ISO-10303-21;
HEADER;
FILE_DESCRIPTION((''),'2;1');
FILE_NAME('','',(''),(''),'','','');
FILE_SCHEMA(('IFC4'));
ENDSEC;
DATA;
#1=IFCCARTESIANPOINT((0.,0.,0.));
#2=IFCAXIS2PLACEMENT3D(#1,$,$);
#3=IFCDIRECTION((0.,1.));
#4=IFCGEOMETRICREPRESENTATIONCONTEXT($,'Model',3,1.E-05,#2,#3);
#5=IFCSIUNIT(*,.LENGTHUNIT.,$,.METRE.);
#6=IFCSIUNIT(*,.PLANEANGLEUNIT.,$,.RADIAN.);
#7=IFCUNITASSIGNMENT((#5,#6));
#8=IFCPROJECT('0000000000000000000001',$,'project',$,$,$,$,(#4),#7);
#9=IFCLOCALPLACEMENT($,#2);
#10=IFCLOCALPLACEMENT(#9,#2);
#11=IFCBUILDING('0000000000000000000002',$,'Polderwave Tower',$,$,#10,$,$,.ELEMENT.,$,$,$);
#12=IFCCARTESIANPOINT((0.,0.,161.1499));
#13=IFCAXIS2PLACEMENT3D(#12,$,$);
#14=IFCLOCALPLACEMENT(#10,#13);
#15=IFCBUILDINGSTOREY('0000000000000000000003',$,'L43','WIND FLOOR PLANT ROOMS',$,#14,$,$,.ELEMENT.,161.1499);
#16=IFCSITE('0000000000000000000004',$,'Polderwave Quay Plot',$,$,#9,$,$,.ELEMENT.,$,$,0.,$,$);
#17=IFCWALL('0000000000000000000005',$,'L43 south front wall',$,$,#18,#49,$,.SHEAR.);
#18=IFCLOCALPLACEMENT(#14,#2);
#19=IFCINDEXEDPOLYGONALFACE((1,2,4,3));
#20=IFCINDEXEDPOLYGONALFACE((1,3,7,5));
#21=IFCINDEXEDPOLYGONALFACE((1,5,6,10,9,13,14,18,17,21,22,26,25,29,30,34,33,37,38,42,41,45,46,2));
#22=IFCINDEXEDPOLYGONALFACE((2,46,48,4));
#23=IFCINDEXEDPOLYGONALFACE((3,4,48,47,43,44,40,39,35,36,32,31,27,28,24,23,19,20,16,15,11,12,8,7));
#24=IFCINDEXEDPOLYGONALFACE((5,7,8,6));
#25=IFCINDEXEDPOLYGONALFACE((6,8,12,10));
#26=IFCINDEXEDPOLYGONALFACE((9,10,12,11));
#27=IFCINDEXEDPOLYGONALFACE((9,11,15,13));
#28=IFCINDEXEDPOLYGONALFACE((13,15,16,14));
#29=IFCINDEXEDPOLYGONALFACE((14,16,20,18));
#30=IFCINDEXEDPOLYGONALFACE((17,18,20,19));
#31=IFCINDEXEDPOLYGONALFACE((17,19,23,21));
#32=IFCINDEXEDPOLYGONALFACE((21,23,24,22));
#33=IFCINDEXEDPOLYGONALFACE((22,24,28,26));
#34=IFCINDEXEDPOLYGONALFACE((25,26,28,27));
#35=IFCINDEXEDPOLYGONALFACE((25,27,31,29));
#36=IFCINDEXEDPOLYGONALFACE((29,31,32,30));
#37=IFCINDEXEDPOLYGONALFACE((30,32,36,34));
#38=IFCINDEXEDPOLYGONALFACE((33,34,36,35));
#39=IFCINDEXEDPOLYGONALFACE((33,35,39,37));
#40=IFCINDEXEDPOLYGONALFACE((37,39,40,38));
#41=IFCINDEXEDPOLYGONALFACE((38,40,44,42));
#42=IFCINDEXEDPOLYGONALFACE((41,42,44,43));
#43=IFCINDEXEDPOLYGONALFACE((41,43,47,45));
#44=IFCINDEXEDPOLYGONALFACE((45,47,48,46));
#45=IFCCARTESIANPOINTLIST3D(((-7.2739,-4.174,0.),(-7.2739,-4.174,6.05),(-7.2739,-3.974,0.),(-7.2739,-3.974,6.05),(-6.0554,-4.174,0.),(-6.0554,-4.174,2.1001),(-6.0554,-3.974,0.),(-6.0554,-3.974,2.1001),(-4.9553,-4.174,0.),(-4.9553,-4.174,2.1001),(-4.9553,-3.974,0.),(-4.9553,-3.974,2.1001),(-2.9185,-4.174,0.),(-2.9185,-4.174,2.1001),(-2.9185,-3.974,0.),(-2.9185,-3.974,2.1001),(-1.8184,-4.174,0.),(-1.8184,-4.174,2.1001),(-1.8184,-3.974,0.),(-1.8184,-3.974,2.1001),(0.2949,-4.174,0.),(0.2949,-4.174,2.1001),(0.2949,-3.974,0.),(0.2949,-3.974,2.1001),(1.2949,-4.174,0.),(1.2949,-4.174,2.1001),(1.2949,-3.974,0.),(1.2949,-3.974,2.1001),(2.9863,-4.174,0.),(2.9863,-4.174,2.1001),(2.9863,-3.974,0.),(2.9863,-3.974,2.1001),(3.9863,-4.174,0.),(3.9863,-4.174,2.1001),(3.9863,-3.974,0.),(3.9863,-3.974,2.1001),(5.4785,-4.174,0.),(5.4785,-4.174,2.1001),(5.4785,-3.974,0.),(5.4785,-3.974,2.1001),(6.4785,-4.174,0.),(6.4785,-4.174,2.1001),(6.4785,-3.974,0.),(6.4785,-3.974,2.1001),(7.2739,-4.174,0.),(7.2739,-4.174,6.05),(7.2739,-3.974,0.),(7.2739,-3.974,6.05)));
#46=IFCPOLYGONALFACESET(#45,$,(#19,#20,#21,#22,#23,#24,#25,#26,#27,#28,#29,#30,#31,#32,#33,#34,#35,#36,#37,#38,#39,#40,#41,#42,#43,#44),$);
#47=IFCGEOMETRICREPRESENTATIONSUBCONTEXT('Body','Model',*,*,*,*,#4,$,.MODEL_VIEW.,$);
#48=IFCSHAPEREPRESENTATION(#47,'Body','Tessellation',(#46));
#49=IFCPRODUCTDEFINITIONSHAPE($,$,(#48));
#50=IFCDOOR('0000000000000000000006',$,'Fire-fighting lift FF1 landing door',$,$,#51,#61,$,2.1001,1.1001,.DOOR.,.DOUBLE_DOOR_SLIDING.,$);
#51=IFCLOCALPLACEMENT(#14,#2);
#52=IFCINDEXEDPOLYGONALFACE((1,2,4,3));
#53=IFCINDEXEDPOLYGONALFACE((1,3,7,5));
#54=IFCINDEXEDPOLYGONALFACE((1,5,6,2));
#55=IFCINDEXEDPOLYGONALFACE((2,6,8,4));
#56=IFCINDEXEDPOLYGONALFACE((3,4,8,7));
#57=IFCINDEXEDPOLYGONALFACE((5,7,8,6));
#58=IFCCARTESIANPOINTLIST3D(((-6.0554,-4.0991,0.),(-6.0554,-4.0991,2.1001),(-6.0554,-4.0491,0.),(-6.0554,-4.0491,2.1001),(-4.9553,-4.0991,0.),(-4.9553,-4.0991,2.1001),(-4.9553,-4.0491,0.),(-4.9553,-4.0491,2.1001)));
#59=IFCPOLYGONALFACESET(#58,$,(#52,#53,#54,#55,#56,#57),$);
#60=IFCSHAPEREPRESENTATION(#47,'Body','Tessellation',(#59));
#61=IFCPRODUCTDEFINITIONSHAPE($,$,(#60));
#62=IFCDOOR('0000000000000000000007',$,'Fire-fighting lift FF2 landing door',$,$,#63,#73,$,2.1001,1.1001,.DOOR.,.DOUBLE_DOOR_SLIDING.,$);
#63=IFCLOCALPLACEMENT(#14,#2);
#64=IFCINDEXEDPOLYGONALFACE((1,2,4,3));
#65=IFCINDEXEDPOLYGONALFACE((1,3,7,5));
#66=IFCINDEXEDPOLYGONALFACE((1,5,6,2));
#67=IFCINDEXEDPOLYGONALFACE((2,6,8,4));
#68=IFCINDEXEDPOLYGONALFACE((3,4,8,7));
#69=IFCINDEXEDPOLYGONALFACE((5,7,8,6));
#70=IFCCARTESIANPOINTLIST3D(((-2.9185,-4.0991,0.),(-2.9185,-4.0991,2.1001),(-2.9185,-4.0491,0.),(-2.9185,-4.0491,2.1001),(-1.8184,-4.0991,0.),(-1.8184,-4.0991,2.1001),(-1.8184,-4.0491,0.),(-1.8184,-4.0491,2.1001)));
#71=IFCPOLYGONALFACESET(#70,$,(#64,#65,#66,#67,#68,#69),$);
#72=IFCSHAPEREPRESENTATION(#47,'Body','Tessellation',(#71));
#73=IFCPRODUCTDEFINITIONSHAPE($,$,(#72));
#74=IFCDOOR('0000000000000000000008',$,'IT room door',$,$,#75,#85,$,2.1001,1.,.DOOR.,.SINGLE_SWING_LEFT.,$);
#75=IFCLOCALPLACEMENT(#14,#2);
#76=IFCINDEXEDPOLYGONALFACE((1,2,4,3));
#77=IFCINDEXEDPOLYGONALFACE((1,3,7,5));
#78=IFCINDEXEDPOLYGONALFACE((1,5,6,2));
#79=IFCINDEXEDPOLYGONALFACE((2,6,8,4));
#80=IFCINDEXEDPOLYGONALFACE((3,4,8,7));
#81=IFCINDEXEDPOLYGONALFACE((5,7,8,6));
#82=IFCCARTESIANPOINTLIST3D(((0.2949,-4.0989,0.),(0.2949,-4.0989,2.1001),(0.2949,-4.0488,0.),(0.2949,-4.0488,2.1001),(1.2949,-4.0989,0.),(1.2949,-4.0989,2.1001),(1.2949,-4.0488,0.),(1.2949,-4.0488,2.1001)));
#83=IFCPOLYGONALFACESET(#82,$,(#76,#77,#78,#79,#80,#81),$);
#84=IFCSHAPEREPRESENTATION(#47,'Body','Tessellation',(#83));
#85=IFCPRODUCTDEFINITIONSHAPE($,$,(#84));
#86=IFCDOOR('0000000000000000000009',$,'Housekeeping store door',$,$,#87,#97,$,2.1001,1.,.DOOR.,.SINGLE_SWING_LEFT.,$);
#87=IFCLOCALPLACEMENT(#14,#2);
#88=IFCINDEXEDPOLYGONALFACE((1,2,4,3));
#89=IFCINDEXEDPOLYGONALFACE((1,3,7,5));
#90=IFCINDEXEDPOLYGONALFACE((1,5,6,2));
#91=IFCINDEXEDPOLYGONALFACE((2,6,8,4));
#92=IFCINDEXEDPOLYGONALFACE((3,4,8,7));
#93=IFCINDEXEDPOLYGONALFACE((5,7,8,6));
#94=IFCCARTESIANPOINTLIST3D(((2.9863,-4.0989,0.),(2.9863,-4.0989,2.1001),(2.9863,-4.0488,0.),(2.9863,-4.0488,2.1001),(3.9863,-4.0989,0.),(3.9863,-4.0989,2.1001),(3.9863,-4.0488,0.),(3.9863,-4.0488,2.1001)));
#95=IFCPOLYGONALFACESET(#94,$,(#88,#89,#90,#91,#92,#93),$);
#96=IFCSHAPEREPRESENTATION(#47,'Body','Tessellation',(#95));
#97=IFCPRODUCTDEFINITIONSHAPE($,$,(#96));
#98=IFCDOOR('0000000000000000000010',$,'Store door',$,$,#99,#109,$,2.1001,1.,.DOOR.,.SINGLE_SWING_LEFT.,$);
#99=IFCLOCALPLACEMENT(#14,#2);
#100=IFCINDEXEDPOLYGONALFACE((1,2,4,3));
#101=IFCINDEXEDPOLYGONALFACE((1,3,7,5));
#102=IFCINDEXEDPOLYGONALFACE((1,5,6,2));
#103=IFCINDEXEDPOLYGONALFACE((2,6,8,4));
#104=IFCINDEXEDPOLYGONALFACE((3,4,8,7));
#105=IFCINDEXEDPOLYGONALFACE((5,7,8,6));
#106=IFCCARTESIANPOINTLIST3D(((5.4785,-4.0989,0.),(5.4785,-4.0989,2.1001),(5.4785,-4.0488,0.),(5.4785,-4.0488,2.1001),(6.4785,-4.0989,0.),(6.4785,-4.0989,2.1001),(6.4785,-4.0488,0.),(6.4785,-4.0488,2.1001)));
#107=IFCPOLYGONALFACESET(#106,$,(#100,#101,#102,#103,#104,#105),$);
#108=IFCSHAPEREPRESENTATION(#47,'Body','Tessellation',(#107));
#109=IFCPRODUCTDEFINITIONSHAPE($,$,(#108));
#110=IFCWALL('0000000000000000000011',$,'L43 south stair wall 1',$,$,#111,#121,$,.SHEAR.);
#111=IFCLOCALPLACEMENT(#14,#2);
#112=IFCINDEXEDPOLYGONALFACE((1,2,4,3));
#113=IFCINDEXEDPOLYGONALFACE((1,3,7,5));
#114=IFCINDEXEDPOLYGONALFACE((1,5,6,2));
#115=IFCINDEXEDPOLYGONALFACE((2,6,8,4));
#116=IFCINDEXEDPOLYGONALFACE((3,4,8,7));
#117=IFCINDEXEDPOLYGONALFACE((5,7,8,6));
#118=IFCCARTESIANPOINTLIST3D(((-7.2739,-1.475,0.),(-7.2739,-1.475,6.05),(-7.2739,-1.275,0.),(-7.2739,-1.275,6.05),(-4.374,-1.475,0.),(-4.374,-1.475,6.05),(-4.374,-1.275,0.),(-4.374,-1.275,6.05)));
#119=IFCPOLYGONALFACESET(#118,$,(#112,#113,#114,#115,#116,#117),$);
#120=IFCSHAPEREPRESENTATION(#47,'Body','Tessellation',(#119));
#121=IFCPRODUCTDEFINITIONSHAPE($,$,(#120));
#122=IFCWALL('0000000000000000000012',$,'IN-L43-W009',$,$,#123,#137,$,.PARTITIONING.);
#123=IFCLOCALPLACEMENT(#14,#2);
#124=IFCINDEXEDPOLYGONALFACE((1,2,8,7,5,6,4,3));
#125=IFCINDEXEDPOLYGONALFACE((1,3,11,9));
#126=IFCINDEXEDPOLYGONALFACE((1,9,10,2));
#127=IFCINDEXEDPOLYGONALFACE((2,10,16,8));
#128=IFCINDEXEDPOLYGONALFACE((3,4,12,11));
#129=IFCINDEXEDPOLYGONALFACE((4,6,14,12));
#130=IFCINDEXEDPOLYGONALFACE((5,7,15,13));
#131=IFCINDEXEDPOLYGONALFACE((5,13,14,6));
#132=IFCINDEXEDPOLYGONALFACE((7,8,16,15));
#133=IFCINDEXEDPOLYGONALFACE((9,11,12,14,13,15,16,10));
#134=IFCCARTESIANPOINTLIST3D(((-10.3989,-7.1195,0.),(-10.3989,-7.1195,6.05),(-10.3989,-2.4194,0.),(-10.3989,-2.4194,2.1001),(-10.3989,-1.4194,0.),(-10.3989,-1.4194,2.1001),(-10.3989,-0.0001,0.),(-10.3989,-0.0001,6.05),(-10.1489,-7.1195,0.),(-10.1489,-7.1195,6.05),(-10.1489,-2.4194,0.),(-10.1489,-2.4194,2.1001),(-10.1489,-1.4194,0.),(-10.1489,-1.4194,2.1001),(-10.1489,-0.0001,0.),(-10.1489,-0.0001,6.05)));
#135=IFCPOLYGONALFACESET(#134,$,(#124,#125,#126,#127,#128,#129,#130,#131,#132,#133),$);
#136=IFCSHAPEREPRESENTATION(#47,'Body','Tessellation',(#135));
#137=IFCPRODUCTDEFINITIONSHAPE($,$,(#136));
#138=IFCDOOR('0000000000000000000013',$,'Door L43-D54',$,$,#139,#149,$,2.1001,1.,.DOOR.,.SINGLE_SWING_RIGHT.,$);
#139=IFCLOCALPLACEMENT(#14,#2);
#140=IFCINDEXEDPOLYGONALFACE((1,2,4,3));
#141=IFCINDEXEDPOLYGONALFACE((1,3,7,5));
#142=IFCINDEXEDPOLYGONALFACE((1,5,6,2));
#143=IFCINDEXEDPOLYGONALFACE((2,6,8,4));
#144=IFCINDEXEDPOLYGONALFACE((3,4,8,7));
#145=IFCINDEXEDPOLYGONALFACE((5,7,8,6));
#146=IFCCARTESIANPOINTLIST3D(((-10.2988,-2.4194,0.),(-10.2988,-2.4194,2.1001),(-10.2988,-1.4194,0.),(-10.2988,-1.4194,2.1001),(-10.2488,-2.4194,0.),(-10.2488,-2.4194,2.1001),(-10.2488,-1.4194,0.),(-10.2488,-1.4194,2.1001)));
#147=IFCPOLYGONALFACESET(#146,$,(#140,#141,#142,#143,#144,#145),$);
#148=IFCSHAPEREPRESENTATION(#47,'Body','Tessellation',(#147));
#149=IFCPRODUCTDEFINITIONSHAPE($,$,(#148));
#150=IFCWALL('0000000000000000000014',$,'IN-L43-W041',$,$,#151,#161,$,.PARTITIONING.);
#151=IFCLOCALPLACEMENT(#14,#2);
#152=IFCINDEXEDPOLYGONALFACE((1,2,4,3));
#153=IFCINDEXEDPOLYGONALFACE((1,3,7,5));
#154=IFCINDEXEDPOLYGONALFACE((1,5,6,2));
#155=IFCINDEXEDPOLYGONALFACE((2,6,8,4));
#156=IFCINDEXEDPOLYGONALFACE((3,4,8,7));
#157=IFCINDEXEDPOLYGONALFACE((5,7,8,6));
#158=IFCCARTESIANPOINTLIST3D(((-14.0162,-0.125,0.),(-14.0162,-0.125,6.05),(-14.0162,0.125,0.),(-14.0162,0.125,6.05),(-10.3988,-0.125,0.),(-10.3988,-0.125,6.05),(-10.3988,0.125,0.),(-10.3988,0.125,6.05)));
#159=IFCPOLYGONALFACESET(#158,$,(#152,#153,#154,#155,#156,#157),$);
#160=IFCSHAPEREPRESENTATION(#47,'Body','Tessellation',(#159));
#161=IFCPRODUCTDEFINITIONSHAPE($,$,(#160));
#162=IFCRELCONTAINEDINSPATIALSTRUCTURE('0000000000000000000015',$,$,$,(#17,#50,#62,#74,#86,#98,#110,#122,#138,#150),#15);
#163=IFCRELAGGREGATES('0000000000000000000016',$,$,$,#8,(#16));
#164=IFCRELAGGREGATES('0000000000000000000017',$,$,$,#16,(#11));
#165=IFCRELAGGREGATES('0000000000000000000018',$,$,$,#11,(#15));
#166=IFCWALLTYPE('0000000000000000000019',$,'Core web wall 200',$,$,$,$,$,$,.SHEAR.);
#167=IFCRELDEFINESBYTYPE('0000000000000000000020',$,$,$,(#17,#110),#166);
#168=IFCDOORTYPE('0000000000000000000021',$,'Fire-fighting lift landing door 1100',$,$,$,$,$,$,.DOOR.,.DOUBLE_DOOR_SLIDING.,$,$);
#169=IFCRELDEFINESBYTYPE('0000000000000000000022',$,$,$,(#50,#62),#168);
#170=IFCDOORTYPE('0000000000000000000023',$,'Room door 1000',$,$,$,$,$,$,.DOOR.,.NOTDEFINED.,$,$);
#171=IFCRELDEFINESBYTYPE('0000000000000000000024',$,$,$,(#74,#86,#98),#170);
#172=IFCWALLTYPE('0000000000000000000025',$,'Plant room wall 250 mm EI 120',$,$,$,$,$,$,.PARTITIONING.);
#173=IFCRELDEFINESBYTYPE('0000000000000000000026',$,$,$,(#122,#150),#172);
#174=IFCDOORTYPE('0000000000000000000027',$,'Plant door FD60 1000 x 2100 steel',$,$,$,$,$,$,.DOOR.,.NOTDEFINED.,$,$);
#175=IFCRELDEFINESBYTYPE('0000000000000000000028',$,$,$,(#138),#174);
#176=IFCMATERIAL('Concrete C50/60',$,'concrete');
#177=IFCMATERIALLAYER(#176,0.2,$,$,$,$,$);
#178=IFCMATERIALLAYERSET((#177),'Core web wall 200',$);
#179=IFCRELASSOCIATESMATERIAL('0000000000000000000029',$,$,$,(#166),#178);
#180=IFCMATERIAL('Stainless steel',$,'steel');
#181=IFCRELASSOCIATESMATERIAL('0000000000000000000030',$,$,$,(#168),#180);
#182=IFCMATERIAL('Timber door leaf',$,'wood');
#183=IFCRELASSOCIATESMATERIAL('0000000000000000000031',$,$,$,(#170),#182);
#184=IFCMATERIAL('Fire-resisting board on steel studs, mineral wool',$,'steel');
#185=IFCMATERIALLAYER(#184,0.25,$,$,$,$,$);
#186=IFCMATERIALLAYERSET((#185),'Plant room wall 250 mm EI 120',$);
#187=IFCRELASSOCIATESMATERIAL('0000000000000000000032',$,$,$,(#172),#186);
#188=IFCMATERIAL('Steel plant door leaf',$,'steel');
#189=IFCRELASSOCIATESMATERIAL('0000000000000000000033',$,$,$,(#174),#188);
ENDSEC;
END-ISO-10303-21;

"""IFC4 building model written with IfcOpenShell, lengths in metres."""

from ifc_helpers import new_model, si_unit, direction, frame, frame_2d, origin, place, context, subcontext, project, spatial, rectangle, extrude, material, layer, layer_set, type_object, element, fill, save


model = new_model("IFC4")

# Units and contexts
model_context = context("Model", 3, precision=1e-05, world=origin(), true_north=direction((0.0, 1.0)))
body_context = subcontext(model_context, "Body", "Model", "MODEL_VIEW")
ifc_project = project(units=[si_unit("LENGTHUNIT", "METRE"), si_unit("PLANEANGLEUNIT", "RADIAN")], contexts=[model_context])

# Site, building, storey
site_placement = place(None, origin())
site = spatial("IfcSite", under=ifc_project, at=site_placement, Name="Polderwave Quay Plot", CompositionType="ELEMENT", RefElevation=0.0)
building_placement = place(site_placement, origin())
building = spatial("IfcBuilding", under=site, at=building_placement, Name="Polderwave Tower", CompositionType="ELEMENT")
storey_placement = place(building_placement, frame((0.0, 0.0, 161.1499)))
storey = spatial("IfcBuildingStorey", under=building, at=storey_placement, Name="L43", Description="WIND FLOOR PLANT ROOMS", CompositionType="ELEMENT", Elevation=161.1499)

# Wall, openings, doors
ifc_material_1 = material(Name="Concrete C50/60", Category="concrete")
ifc_layer_1 = layer(ifc_material_1, 0.2)
ifc_layer_set_1 = layer_set([ifc_layer_1], Name="Core web wall 200")
wall_type_1 = type_object("IfcWallType", Name="Core web wall 200", PredefinedType="SHEAR", material=ifc_layer_set_1)
wall_1_placement = place(storey_placement, frame((-7.2739, -4.074, 0.0), z_axis=(0.0, 0.0, 1.0), x_axis=(1.0, 0.0, 0.0)))
wall_1 = element("IfcWall", 1, at=wall_1_placement, inside=storey, type_object=wall_type_1, Name="L43 south front wall", PredefinedType="SHEAR", context=body_context, shape_type="SweptSolid", body=[
    extrude(rectangle(XDim=14.5479, YDim=0.2, at=frame_2d((7.2739, 0.0))), origin(), (0.0, 0.0, 1.0), 6.05),
])
opening_1_placement = place(wall_1_placement, frame((1.2185, 0.0, 0.0)))
opening_1 = element("IfcOpeningElement", 2, at=opening_1_placement, cuts=wall_1, PredefinedType="OPENING", context=body_context, shape_type="SweptSolid", body=[
    extrude(rectangle(XDim=1.1001, YDim=2.1001, at=frame_2d((0.55, 1.05))), frame((0.0, 0.1099, 0.0), z_axis=(0.0, -1.0, 0.0), x_axis=(1.0, 0.0, 0.0)), (0.0, 0.0, 1.0), 0.22),
])
opening_2_placement = place(wall_1_placement, frame((4.3555, 0.0, 0.0)))
opening_2 = element("IfcOpeningElement", 3, at=opening_2_placement, cuts=wall_1, PredefinedType="OPENING", context=body_context, shape_type="SweptSolid", body=[
    extrude(rectangle(XDim=1.1001, YDim=2.1001, at=frame_2d((0.55, 1.05))), frame((0.0, 0.1099, 0.0), z_axis=(0.0, -1.0, 0.0), x_axis=(1.0, 0.0, 0.0)), (0.0, 0.0, 1.0), 0.22),
])
opening_3_placement = place(wall_1_placement, frame((7.5688, 0.0, 0.0)))
opening_3 = element("IfcOpeningElement", 4, at=opening_3_placement, cuts=wall_1, PredefinedType="OPENING", context=body_context, shape_type="SweptSolid", body=[
    extrude(rectangle(XDim=1.0, YDim=2.1001, at=frame_2d((0.5, 1.05))), frame((0.0, 0.1099, 0.0), z_axis=(0.0, -1.0, 0.0), x_axis=(1.0, 0.0, 0.0)), (0.0, 0.0, 1.0), 0.22),
])
opening_4_placement = place(wall_1_placement, frame((10.2603, 0.0, 0.0)))
opening_4 = element("IfcOpeningElement", 5, at=opening_4_placement, cuts=wall_1, PredefinedType="OPENING", context=body_context, shape_type="SweptSolid", body=[
    extrude(rectangle(XDim=1.0, YDim=2.1001, at=frame_2d((0.5, 1.05))), frame((0.0, 0.1099, 0.0), z_axis=(0.0, -1.0, 0.0), x_axis=(1.0, 0.0, 0.0)), (0.0, 0.0, 1.0), 0.22),
])
opening_5_placement = place(wall_1_placement, frame((12.7524, 0.0, 0.0)))
opening_5 = element("IfcOpeningElement", 6, at=opening_5_placement, cuts=wall_1, PredefinedType="OPENING", context=body_context, shape_type="SweptSolid", body=[
    extrude(rectangle(XDim=1.0, YDim=2.1001, at=frame_2d((0.5, 1.05))), frame((0.0, 0.1099, 0.0), z_axis=(0.0, -1.0, 0.0), x_axis=(1.0, 0.0, 0.0)), (0.0, 0.0, 1.0), 0.22),
])
ifc_material_2 = material(Name="Stainless steel", Category="steel")
door_type_1 = type_object("IfcDoorType", Name="Fire-fighting lift landing door 1100", OperationType="DOUBLE_DOOR_SLIDING", PredefinedType="DOOR", material=ifc_material_2)
door_1_placement = place(opening_1_placement, origin())
door_1 = element("IfcDoor", 7, at=door_1_placement, inside=storey, type_object=door_type_1, Name="Fire-fighting lift FF1 landing door", OperationType="DOUBLE_DOOR_SLIDING", OverallHeight=2.1001, OverallWidth=1.1001, PredefinedType="DOOR", context=body_context, shape_type="SweptSolid", body=[
    extrude(rectangle(XDim=1.1001, YDim=2.1001, at=frame_2d((0.55, 1.05))), frame((0.0, 0.0249, 0.0), z_axis=(0.0, -1.0, 0.0), x_axis=(1.0, 0.0, 0.0)), (0.0, 0.0, 1.0), 0.05),
])
fill(opening_1, door_1)
door_2_placement = place(opening_2_placement, origin())
door_2 = element("IfcDoor", 8, at=door_2_placement, inside=storey, type_object=door_type_1, Name="Fire-fighting lift FF2 landing door", OperationType="DOUBLE_DOOR_SLIDING", OverallHeight=2.1001, OverallWidth=1.1001, PredefinedType="DOOR", context=body_context, shape_type="SweptSolid", body=[
    extrude(rectangle(XDim=1.1001, YDim=2.1001, at=frame_2d((0.55, 1.05))), frame((0.0, 0.0249, 0.0), z_axis=(0.0, -1.0, 0.0), x_axis=(1.0, 0.0, 0.0)), (0.0, 0.0, 1.0), 0.05),
])
fill(opening_2, door_2)
ifc_material_3 = material(Name="Timber door leaf", Category="wood")
door_type_2 = type_object("IfcDoorType", Name="Room door 1000", OperationType="NOTDEFINED", PredefinedType="DOOR", material=ifc_material_3)
door_3_placement = place(opening_3_placement, frame((1.0, 0.0, 0.0), z_axis=(0.0, 0.0, 1.0), x_axis=(-1.0, 0.0, 0.0)))
door_3 = element("IfcDoor", 9, at=door_3_placement, inside=storey, type_object=door_type_2, Name="IT room door", OperationType="SINGLE_SWING_LEFT", OverallHeight=2.1001, OverallWidth=1.0, PredefinedType="DOOR", context=body_context, shape_type="SweptSolid", body=[
    extrude(rectangle(XDim=1.0, YDim=2.1001, at=frame_2d((0.5, 1.05))), frame((0.0, 0.0249, 0.0), z_axis=(0.0, -1.0, 0.0), x_axis=(1.0, 0.0, 0.0)), (0.0, 0.0, 1.0), 0.05),
])
fill(opening_3, door_3)
door_4_placement = place(opening_4_placement, frame((1.0, 0.0, 0.0), z_axis=(0.0, 0.0, 1.0), x_axis=(-1.0, 0.0, 0.0)))
door_4 = element("IfcDoor", 10, at=door_4_placement, inside=storey, type_object=door_type_2, Name="Housekeeping store door", OperationType="SINGLE_SWING_LEFT", OverallHeight=2.1001, OverallWidth=1.0, PredefinedType="DOOR", context=body_context, shape_type="SweptSolid", body=[
    extrude(rectangle(XDim=1.0, YDim=2.1001, at=frame_2d((0.5, 1.05))), frame((0.0, 0.0249, 0.0), z_axis=(0.0, -1.0, 0.0), x_axis=(1.0, 0.0, 0.0)), (0.0, 0.0, 1.0), 0.05),
])
fill(opening_4, door_4)
door_5_placement = place(opening_5_placement, frame((1.0, 0.0, 0.0), z_axis=(0.0, 0.0, 1.0), x_axis=(-1.0, 0.0, 0.0)))
door_5 = element("IfcDoor", 11, at=door_5_placement, inside=storey, type_object=door_type_2, Name="Store door", OperationType="SINGLE_SWING_LEFT", OverallHeight=2.1001, OverallWidth=1.0, PredefinedType="DOOR", context=body_context, shape_type="SweptSolid", body=[
    extrude(rectangle(XDim=1.0, YDim=2.1001, at=frame_2d((0.5, 1.05))), frame((0.0, 0.0249, 0.0), z_axis=(0.0, -1.0, 0.0), x_axis=(1.0, 0.0, 0.0)), (0.0, 0.0, 1.0), 0.05),
])
fill(opening_5, door_5)

# Wall
wall_2_placement = place(storey_placement, frame((-7.2739, -1.375, 0.0), z_axis=(0.0, 0.0, 1.0), x_axis=(1.0, 0.0, 0.0)))
element("IfcWall", 12, at=wall_2_placement, inside=storey, type_object=wall_type_1, Name="L43 south stair wall 1", PredefinedType="SHEAR", context=body_context, shape_type="SweptSolid", body=[
    extrude(rectangle(XDim=2.8999, YDim=0.2, at=frame_2d((1.45, 0.0))), origin(), (0.0, 0.0, 1.0), 6.05),
])

# Wall, opening, door
ifc_material_4 = material(Name="Fire-resisting board on steel studs, mineral wool", Category="steel")
ifc_layer_2 = layer(ifc_material_4, 0.25)
ifc_layer_set_2 = layer_set([ifc_layer_2], Name="Plant room wall 250 mm EI 120")
wall_type_2 = type_object("IfcWallType", Name="Plant room wall 250 mm EI 120", PredefinedType="PARTITIONING", material=ifc_layer_set_2)
wall_3_placement = place(storey_placement, frame((-10.2739, -7.1194, 0.0), z_axis=(0.0, 0.0, 1.0), x_axis=(0.0, 1.0, 0.0)))
wall_3 = element("IfcWall", 13, at=wall_3_placement, inside=storey, type_object=wall_type_2, Name="IN-L43-W009", PredefinedType="PARTITIONING", context=body_context, shape_type="SweptSolid", body=[
    extrude(rectangle(XDim=7.1194, YDim=0.25, at=frame_2d((3.5596, 0.0))), origin(), (0.0, 0.0, 1.0), 6.05),
])
opening_6_placement = place(wall_3_placement, frame((4.7, 0.0, 0.0)))
opening_6 = element("IfcOpeningElement", 14, at=opening_6_placement, cuts=wall_3, PredefinedType="OPENING", context=body_context, shape_type="SweptSolid", body=[
    extrude(rectangle(XDim=1.0, YDim=2.1001, at=frame_2d((0.5, 1.05))), frame((0.0, 0.135, 0.0), z_axis=(0.0, -1.0, 0.0), x_axis=(1.0, 0.0, 0.0)), (0.0, 0.0, 1.0), 0.27),
])
ifc_material_5 = material(Name="Steel plant door leaf", Category="steel")
door_type_3 = type_object("IfcDoorType", Name="Plant door FD60 1000 x 2100 steel", OperationType="NOTDEFINED", PredefinedType="DOOR", material=ifc_material_5)
door_6_placement = place(opening_6_placement, origin())
door_6 = element("IfcDoor", 15, at=door_6_placement, inside=storey, type_object=door_type_3, Name="Door L43-D54", OperationType="SINGLE_SWING_RIGHT", OverallHeight=2.1001, OverallWidth=1.0, PredefinedType="DOOR", context=body_context, shape_type="SweptSolid", body=[
    extrude(rectangle(XDim=1.0, YDim=2.1001, at=frame_2d((0.5, 1.05))), frame((0.0, 0.0249, 0.0), z_axis=(0.0, -1.0, 0.0), x_axis=(1.0, 0.0, 0.0)), (0.0, 0.0, 1.0), 0.05),
])
fill(opening_6, door_6)

# Wall
wall_4_placement = place(storey_placement, frame((-10.3989, 0.0, 0.0), z_axis=(0.0, 0.0, 1.0), x_axis=(-1.0, 0.0, 0.0)))
element("IfcWall", 16, at=wall_4_placement, inside=storey, type_object=wall_type_2, Name="IN-L43-W041", PredefinedType="PARTITIONING", context=body_context, shape_type="SweptSolid", body=[
    extrude(rectangle(XDim=3.6174, YDim=0.25, at=frame_2d((1.8086, 0.0))), origin(), (0.0, 0.0, 1.0), 6.05),
])

save(model, "model.ifc")
